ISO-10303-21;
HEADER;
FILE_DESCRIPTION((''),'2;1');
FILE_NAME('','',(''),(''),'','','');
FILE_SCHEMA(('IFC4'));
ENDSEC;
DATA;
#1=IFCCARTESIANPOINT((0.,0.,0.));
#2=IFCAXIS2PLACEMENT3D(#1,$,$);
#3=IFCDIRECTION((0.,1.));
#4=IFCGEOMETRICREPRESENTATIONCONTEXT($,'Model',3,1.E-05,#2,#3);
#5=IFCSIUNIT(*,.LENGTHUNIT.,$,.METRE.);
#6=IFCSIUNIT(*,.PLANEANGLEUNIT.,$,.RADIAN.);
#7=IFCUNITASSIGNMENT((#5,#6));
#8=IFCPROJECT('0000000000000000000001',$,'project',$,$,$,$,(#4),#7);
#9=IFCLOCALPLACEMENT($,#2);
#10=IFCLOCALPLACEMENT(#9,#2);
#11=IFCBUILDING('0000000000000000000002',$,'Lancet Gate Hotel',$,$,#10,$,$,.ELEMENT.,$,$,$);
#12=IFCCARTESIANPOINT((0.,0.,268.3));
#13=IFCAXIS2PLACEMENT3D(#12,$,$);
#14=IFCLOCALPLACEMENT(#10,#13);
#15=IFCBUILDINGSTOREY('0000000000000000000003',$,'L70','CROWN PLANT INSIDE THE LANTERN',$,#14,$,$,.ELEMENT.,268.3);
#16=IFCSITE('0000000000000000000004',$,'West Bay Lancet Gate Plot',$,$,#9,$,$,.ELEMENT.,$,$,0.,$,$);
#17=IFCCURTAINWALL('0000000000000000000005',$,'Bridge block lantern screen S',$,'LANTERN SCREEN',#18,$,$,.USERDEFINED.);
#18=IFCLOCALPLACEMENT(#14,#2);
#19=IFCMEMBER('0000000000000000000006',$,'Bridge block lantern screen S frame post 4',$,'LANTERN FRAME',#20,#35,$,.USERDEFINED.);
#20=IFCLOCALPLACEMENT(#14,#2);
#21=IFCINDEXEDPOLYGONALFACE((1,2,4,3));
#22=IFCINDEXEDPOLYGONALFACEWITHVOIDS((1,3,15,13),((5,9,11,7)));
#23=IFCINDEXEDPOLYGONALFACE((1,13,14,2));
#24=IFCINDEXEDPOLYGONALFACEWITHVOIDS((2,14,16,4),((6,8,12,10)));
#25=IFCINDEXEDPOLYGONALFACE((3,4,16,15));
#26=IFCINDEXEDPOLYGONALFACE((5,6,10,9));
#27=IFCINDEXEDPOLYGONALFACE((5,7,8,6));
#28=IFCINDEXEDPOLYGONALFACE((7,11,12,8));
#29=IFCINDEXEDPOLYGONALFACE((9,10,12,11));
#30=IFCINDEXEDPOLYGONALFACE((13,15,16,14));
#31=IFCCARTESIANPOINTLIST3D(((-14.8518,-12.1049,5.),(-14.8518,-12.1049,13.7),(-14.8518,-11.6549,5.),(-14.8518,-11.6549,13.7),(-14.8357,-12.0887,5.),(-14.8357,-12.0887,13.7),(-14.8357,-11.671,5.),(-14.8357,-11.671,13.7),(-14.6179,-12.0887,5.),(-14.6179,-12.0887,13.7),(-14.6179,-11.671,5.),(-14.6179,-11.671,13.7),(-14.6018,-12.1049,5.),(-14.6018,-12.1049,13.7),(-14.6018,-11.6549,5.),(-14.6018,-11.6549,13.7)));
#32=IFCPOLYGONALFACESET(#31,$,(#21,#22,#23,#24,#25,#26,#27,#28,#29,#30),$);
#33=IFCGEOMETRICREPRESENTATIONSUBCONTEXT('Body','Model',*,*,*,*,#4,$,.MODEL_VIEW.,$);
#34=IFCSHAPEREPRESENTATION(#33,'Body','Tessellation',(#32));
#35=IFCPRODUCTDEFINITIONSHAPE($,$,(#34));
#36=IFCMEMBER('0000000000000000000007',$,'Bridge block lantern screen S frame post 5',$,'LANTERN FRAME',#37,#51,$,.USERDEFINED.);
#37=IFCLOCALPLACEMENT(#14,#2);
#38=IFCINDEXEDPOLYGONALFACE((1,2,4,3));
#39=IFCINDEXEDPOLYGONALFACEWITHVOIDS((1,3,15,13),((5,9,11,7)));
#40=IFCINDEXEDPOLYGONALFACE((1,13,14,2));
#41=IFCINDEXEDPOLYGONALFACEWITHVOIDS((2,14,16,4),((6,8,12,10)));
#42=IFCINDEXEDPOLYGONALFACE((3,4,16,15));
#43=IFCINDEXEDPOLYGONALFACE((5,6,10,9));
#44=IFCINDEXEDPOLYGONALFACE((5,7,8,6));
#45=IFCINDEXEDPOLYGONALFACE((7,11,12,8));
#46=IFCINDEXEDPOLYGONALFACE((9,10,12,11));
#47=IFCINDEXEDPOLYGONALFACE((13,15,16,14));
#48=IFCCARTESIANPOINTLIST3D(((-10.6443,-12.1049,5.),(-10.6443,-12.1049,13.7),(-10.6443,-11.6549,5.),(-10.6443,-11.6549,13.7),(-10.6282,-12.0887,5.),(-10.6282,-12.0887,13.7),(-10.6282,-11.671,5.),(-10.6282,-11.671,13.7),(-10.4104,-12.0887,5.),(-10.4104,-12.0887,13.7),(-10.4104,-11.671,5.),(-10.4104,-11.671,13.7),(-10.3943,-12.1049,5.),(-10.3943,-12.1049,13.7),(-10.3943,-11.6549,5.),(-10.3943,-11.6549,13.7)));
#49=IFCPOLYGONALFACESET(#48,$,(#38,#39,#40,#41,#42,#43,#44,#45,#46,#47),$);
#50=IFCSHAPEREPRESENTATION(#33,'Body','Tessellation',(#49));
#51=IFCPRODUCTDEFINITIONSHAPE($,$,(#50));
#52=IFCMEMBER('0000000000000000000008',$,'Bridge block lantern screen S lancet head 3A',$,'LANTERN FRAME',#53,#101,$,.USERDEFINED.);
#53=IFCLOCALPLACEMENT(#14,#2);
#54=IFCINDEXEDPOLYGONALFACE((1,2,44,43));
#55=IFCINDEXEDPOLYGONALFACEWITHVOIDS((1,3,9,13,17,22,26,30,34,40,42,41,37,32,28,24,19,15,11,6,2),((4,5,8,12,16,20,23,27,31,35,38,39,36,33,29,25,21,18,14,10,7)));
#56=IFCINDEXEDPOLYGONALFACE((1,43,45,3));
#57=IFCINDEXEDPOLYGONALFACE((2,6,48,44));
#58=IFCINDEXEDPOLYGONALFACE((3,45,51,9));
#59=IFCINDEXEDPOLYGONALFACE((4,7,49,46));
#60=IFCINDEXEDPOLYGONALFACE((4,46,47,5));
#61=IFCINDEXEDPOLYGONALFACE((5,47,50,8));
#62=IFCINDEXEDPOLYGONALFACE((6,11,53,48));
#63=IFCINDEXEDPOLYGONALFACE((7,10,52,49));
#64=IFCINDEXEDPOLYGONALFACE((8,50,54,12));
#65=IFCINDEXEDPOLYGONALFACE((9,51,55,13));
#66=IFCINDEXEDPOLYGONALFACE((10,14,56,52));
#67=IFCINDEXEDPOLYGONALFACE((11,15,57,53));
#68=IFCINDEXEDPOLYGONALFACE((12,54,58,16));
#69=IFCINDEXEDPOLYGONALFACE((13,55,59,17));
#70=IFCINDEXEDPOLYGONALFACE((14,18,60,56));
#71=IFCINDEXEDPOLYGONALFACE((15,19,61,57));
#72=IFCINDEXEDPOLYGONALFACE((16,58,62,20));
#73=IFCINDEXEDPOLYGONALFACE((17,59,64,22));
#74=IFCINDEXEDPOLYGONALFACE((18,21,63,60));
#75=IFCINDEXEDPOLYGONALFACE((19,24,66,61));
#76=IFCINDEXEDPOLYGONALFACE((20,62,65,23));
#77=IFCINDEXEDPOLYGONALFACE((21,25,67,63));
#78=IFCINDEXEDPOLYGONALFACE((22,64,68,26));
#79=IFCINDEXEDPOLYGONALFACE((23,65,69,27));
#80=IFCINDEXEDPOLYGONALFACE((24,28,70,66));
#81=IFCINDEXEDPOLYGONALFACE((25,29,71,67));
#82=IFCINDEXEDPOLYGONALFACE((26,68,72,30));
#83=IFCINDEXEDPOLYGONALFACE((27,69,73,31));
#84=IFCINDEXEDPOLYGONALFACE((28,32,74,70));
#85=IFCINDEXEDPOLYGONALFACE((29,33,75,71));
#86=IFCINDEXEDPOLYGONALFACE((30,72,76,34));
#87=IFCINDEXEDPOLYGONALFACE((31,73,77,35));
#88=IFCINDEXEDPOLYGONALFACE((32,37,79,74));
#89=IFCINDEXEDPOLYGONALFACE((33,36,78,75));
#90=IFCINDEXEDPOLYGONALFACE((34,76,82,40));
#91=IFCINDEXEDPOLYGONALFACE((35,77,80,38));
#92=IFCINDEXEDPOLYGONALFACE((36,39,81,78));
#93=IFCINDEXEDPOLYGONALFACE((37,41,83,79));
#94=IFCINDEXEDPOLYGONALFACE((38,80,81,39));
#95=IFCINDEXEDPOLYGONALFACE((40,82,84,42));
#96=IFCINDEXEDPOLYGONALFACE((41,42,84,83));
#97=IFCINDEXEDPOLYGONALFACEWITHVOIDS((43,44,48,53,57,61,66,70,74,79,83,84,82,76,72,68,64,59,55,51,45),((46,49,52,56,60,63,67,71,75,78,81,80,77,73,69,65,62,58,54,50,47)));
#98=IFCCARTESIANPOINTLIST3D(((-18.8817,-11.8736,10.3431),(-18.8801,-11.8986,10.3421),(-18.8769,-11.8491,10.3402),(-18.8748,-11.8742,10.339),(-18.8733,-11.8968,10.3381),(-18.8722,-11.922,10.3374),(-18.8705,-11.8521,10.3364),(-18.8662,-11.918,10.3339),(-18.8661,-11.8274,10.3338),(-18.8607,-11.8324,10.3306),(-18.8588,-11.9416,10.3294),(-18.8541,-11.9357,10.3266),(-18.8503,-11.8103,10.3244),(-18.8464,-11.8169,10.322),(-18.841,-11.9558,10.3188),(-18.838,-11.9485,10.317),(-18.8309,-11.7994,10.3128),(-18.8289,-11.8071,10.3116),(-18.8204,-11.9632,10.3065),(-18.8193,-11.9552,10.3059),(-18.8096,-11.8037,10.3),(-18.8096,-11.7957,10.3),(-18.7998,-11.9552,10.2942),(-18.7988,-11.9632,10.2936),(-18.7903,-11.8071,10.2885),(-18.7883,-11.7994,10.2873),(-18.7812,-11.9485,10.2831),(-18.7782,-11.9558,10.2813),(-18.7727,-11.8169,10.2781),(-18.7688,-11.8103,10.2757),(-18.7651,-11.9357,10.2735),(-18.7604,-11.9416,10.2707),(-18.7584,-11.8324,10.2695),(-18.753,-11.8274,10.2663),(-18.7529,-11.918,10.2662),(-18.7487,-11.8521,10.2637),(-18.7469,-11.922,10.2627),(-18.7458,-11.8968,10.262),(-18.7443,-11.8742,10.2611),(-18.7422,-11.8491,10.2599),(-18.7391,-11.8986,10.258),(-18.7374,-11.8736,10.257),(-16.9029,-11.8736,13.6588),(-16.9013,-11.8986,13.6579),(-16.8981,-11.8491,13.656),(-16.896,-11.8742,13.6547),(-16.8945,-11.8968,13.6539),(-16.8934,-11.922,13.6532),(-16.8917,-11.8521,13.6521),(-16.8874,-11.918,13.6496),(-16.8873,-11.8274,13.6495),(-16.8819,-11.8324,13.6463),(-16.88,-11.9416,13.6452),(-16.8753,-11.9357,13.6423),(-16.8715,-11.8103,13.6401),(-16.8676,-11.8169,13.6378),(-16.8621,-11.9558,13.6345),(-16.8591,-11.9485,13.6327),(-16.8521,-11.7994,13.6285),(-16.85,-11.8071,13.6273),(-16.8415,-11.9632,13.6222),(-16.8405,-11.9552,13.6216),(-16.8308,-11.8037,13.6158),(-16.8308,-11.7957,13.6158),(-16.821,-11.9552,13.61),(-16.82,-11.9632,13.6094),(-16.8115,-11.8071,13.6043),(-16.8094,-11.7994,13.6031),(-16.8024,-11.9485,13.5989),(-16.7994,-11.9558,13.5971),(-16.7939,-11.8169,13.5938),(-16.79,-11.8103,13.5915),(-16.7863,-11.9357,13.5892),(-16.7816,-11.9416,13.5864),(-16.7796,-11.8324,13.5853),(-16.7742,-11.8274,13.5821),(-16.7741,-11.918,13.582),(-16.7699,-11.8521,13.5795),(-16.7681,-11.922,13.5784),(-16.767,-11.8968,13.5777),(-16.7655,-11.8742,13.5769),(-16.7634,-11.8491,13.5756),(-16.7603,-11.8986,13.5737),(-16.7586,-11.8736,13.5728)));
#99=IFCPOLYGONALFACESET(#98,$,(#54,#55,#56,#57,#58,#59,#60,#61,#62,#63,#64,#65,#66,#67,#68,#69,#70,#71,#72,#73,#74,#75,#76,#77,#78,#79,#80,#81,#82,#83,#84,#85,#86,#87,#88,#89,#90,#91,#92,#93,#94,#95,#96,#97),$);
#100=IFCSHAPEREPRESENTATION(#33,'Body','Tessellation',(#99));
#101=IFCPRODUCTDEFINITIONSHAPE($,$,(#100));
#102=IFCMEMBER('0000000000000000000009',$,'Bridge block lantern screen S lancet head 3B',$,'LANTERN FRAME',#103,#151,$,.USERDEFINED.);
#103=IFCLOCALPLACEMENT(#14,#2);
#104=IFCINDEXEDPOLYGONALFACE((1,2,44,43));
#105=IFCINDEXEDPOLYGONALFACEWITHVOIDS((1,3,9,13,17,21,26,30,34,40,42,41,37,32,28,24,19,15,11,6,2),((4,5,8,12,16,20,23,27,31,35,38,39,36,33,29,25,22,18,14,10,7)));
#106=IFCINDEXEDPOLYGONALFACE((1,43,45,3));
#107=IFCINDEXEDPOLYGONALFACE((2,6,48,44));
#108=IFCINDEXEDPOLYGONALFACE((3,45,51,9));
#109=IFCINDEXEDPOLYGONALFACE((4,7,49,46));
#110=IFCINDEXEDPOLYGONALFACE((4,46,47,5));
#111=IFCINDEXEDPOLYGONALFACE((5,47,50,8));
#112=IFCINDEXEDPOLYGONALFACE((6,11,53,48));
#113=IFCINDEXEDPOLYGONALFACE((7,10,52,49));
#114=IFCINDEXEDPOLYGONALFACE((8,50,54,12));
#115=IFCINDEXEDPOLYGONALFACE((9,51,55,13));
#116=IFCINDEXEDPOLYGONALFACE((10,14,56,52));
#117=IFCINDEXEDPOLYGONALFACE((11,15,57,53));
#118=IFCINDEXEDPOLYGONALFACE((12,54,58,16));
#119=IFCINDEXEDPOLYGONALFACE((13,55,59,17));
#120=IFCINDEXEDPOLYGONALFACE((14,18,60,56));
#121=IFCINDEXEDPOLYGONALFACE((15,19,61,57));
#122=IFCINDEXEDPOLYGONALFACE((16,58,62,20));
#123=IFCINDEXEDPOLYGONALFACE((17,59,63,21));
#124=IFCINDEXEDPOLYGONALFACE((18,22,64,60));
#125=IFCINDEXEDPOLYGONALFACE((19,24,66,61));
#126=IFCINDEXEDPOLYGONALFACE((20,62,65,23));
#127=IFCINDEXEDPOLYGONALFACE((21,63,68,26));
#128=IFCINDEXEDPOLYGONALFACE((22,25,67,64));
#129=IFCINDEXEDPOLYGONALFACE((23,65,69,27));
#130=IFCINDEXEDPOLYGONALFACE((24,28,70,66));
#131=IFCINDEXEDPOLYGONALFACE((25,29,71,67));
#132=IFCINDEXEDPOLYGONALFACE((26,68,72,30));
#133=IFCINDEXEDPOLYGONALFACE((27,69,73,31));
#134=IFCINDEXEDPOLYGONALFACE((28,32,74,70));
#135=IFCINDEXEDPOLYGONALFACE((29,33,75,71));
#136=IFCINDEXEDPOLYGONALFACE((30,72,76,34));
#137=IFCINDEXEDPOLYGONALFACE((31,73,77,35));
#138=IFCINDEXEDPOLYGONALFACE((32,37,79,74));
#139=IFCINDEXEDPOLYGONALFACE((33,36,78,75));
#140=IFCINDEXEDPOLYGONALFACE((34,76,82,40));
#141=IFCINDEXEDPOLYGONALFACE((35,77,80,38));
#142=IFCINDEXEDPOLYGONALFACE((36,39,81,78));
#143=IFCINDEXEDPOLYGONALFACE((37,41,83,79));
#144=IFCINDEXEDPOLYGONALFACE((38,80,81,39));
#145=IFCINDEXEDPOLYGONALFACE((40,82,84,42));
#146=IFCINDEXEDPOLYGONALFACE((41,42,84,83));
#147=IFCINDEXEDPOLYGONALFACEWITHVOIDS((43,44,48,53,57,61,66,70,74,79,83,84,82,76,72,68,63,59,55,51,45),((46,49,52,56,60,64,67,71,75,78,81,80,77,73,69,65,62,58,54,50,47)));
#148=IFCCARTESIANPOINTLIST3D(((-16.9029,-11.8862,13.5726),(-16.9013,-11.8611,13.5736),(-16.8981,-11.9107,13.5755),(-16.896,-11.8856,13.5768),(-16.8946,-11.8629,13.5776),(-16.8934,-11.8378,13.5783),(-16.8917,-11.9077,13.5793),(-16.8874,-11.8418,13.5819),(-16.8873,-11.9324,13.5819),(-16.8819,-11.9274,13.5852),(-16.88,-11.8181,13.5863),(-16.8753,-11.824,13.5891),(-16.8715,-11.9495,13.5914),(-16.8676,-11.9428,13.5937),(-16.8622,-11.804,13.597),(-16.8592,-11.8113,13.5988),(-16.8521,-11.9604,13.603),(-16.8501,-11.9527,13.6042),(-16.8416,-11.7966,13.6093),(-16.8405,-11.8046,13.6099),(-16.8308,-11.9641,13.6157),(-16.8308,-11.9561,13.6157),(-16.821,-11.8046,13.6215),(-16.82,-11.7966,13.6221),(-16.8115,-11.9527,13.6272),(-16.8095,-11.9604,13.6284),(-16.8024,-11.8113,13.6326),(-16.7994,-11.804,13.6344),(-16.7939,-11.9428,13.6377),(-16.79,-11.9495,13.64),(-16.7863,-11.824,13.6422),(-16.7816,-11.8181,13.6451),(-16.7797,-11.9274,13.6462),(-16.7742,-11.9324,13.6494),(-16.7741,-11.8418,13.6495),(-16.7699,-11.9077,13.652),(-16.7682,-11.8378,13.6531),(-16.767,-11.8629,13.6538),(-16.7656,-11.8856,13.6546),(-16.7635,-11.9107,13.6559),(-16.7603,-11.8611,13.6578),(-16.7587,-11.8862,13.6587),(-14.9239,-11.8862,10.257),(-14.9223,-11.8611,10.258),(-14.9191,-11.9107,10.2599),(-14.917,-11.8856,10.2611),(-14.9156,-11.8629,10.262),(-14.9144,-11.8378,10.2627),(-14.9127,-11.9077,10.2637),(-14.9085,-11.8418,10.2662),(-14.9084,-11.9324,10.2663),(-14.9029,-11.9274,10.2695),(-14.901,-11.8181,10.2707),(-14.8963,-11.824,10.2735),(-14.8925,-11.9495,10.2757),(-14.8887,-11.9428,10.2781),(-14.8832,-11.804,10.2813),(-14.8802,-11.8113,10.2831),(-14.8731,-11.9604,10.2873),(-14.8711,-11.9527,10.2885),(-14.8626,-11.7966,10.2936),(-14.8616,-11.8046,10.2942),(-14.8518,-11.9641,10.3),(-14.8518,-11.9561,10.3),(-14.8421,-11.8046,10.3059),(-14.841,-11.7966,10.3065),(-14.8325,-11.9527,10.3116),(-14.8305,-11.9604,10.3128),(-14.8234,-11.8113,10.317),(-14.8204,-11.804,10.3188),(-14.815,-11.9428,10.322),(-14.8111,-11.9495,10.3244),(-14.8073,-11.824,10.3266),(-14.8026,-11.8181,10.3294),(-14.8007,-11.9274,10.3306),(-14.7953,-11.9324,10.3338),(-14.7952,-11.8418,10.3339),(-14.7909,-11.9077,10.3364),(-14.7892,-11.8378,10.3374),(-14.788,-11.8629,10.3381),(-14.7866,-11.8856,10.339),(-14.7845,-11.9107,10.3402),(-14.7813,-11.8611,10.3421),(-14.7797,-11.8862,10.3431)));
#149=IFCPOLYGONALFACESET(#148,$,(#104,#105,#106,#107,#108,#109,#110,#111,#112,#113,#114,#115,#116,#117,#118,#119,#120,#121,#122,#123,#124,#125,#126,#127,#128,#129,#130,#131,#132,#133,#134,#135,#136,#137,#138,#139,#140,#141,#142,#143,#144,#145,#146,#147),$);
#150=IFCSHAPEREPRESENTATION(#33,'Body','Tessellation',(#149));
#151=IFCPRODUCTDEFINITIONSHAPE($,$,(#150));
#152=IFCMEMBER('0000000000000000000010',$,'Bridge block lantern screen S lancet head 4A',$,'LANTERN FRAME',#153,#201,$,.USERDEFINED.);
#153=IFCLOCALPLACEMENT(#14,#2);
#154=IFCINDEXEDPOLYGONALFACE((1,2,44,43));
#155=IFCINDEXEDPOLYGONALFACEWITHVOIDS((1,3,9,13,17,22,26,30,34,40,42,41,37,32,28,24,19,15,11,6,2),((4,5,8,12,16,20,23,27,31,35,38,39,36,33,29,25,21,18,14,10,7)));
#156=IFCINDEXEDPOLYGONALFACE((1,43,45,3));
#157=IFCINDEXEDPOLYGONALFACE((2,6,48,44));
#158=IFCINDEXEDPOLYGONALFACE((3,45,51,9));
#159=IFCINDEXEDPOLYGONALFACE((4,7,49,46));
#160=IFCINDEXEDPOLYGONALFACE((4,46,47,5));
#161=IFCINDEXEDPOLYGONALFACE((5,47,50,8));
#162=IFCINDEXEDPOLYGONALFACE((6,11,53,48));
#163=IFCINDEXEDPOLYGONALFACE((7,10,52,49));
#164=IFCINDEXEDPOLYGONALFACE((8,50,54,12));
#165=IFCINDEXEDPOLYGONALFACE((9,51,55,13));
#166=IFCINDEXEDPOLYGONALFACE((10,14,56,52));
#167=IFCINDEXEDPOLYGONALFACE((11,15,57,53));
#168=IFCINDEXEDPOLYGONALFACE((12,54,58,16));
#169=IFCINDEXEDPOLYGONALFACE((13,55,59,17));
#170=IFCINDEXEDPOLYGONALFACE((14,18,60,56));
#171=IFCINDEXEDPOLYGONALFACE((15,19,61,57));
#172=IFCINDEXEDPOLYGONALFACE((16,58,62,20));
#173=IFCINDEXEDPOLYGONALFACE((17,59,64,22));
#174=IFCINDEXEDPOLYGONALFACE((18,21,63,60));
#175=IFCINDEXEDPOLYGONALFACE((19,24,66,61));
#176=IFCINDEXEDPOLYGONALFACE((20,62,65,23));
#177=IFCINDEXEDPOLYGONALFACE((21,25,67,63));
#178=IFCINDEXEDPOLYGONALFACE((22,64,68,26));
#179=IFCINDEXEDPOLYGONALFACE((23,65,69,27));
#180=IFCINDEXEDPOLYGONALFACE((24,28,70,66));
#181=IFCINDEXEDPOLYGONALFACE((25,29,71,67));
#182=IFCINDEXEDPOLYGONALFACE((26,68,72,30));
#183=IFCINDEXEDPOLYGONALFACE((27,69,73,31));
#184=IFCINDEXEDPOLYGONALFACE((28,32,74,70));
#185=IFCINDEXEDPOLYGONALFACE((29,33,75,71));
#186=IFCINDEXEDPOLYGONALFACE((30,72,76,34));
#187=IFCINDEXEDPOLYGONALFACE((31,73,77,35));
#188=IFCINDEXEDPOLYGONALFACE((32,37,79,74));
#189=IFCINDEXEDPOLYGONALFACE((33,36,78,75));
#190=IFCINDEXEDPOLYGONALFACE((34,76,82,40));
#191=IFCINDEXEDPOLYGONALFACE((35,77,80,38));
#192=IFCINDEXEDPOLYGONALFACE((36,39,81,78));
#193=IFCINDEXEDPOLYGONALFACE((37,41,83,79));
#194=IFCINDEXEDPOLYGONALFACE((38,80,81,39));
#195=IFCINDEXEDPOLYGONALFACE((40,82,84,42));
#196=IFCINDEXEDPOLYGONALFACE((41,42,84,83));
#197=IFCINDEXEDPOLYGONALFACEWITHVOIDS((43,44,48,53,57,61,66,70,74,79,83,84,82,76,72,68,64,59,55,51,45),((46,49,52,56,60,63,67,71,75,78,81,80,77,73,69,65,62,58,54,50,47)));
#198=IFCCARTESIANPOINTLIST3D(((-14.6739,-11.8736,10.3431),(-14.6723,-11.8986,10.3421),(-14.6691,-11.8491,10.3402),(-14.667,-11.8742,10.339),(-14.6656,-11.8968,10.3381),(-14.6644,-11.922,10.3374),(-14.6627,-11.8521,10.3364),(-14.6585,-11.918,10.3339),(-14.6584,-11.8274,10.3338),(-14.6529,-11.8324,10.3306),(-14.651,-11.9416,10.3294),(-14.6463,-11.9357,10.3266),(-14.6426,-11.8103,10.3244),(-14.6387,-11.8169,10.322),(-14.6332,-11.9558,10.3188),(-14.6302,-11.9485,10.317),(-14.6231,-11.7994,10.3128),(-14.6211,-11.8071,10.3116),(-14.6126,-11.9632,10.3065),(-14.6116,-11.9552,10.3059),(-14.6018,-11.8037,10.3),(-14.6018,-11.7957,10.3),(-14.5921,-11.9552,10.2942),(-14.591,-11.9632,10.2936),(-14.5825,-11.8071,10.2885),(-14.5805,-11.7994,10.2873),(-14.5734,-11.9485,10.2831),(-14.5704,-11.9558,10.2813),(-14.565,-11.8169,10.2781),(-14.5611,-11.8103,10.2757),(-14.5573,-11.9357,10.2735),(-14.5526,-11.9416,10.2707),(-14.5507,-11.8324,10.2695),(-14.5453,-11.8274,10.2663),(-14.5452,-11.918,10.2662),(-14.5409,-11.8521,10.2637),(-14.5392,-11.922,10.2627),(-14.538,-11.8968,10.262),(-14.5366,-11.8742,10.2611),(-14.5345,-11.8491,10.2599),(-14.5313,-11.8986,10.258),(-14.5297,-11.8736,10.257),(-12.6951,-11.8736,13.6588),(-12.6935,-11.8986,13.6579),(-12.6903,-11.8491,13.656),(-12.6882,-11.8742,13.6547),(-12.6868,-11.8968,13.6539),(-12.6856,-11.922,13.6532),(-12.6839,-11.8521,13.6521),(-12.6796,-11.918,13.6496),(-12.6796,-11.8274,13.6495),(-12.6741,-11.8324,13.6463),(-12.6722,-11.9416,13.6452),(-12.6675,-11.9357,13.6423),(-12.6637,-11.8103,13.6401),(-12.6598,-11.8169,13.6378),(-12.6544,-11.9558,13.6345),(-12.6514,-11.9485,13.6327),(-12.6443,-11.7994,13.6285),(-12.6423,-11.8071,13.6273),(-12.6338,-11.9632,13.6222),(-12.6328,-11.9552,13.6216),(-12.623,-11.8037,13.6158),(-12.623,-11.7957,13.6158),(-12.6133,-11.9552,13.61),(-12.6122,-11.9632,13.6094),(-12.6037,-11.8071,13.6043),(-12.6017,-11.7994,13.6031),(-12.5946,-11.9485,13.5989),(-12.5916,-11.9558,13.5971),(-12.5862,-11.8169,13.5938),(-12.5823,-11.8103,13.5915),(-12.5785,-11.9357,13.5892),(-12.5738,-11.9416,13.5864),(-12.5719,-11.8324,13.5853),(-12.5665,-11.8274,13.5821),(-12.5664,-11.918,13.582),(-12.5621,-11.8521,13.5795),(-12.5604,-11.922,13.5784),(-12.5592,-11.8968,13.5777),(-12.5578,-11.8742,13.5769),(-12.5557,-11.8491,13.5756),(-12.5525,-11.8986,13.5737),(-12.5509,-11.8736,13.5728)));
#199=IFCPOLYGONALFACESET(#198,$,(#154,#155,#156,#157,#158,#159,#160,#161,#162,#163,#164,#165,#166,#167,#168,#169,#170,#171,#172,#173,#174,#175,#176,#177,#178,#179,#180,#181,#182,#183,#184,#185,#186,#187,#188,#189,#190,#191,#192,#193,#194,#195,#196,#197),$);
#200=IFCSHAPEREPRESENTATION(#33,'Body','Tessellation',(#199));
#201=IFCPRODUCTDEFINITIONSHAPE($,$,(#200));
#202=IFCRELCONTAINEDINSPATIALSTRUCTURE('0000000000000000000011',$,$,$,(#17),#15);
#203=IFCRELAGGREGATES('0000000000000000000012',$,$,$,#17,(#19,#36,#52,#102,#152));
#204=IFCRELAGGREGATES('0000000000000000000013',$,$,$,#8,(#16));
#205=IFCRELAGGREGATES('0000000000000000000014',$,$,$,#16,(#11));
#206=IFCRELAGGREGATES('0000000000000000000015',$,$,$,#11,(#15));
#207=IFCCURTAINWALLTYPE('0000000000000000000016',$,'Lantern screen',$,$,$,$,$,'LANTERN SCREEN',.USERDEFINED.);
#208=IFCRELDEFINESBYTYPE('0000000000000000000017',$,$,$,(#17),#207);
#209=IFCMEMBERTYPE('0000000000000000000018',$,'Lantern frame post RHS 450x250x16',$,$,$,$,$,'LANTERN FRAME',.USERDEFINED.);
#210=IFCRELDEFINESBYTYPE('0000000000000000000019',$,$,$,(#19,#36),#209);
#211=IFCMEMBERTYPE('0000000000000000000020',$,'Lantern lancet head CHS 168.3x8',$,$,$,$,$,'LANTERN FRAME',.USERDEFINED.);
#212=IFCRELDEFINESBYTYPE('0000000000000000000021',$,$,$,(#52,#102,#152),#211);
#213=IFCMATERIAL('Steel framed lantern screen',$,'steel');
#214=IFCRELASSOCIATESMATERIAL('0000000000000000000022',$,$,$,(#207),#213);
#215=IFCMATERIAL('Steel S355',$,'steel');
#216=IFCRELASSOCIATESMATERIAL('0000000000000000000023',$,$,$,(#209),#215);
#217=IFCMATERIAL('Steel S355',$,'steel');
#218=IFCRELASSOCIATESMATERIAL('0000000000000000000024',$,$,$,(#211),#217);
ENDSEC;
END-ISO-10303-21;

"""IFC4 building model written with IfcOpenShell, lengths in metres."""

from ifc_helpers import new_model, si_unit, direction, frame, origin, origin_2d, place, context, subcontext, project, spatial, hollow_rectangle, hollow_circle, extrude, material, material_profile, profile_set, type_object, element, aggregate, save


model = new_model("IFC4")

# Units and contexts
model_context = context("Model", 3, precision=1e-05, world=origin(), true_north=direction((0.0, 1.0)))
body_context = subcontext(model_context, "Body", "Model", "MODEL_VIEW")
ifc_project = project(units=[si_unit("LENGTHUNIT", "METRE"), si_unit("PLANEANGLEUNIT", "RADIAN")], contexts=[model_context])

# Site, building, storey
site_placement = place(None, origin())
site = spatial("IfcSite", under=ifc_project, at=site_placement, Name="West Bay Lancet Gate Plot", CompositionType="ELEMENT", RefElevation=0.0)
building_placement = place(site_placement, origin())
building = spatial("IfcBuilding", under=site, at=building_placement, Name="Lancet Gate Hotel", CompositionType="ELEMENT")
storey_placement = place(building_placement, frame((0.0, 0.0, 268.3)))
storey = spatial("IfcBuildingStorey", under=building, at=storey_placement, Name="L70", Description="CROWN PLANT INSIDE THE LANTERN", CompositionType="ELEMENT", Elevation=268.3)

# Curtain wall, members
ifc_material_1 = material(Name="Steel framed lantern screen", Category="steel")
curtain_wall_type_1 = type_object("IfcCurtainWallType", Name="Lantern screen", ElementType="LANTERN SCREEN", PredefinedType="USERDEFINED", material=ifc_material_1)
curtain_wall_1_placement = place(storey_placement, origin())
curtain_wall_1 = element("IfcCurtainWall", 1, at=curtain_wall_1_placement, inside=storey, type_object=curtain_wall_type_1, Name="Bridge block lantern screen S", ObjectType="LANTERN SCREEN", PredefinedType="USERDEFINED")
ifc_material_2 = material(Name="Steel S355", Category="steel")
ifc_material_profile_1 = material_profile(ifc_material_2, hollow_rectangle(XDim=0.25, YDim=0.45, WallThickness=0.0161, at=origin_2d()), Name="RHS 450x250x16")
ifc_profile_set_1 = profile_set([ifc_material_profile_1], Name="Steel S355")
member_type_1 = type_object("IfcMemberType", Name="Lantern frame post RHS 450x250x16", ElementType="LANTERN FRAME", PredefinedType="USERDEFINED", material=ifc_profile_set_1)
member_1_placement = place(storey_placement, frame((-14.7268, -11.8799, 5.0), z_axis=(0.0, 0.0, 1.0), x_axis=(1.0, 0.0, 0.0)))
member_1 = element("IfcMember", 2, at=member_1_placement, type_object=member_type_1, Name="Bridge block lantern screen S frame post 4", ObjectType="LANTERN FRAME", PredefinedType="USERDEFINED", context=body_context, shape_type="SweptSolid", body=[
    extrude(hollow_rectangle(XDim=0.25, YDim=0.45, WallThickness=0.0161, at=origin_2d()), origin(), (0.0, 0.0, 1.0), 8.7),
])
member_2_placement = place(storey_placement, frame((-10.5193, -11.8799, 5.0), z_axis=(0.0, 0.0, 1.0), x_axis=(1.0, 0.0, 0.0)))
member_2 = element("IfcMember", 3, at=member_2_placement, type_object=member_type_1, Name="Bridge block lantern screen S frame post 5", ObjectType="LANTERN FRAME", PredefinedType="USERDEFINED", context=body_context, shape_type="SweptSolid", body=[
    extrude(hollow_rectangle(XDim=0.25, YDim=0.45, WallThickness=0.0161, at=origin_2d()), origin(), (0.0, 0.0, 1.0), 8.7),
])
ifc_material_3 = material(Name="Steel S355", Category="steel")
ifc_material_profile_2 = material_profile(ifc_material_3, hollow_circle(Radius=0.0842, WallThickness=0.0081, at=origin_2d()), Name="CHS 168.3x8.0")
ifc_profile_set_2 = profile_set([ifc_material_profile_2], Name="Steel S355")
member_type_2 = type_object("IfcMemberType", Name="Lantern lancet head CHS 168.3x8", ElementType="LANTERN FRAME", PredefinedType="USERDEFINED", material=ifc_profile_set_2)
member_3_placement = place(storey_placement, frame((-18.8096, -11.8799, 10.3), z_axis=(0.512467, 0.0, 0.858707), x_axis=(0.0, 1.0, 0.0)))
member_3 = element("IfcMember", 4, at=member_3_placement, type_object=member_type_2, Name="Bridge block lantern screen S lancet head 3A", ObjectType="LANTERN FRAME", PredefinedType="USERDEFINED", context=body_context, shape_type="SweptSolid", body=[
    extrude(hollow_circle(Radius=0.0842, WallThickness=0.0081, at=origin_2d()), origin(), (0.0, 0.0, 1.0), 3.8613),
])
member_4_placement = place(storey_placement, frame((-14.8518, -11.8799, 10.3), z_axis=(-0.512514, 0.0, 0.858679), x_axis=(0.0, -1.0, 0.0)))
member_4 = element("IfcMember", 5, at=member_4_placement, type_object=member_type_2, Name="Bridge block lantern screen S lancet head 3B", ObjectType="LANTERN FRAME", PredefinedType="USERDEFINED", context=body_context, shape_type="SweptSolid", body=[
    extrude(hollow_circle(Radius=0.0842, WallThickness=0.0081, at=origin_2d()), origin(), (0.0, 0.0, 1.0), 3.8613),
])
member_5_placement = place(storey_placement, frame((-14.6018, -11.8799, 10.3), z_axis=(0.512467, 0.0, 0.858707), x_axis=(0.0, 1.0, 0.0)))
member_5 = element("IfcMember", 6, at=member_5_placement, type_object=member_type_2, Name="Bridge block lantern screen S lancet head 4A", ObjectType="LANTERN FRAME", PredefinedType="USERDEFINED", context=body_context, shape_type="SweptSolid", body=[
    extrude(hollow_circle(Radius=0.0842, WallThickness=0.0081, at=origin_2d()), origin(), (0.0, 0.0, 1.0), 3.8613),
])

aggregate(curtain_wall_1, [member_1, member_2, member_3, member_4, member_5])

save(model, "model.ifc")
